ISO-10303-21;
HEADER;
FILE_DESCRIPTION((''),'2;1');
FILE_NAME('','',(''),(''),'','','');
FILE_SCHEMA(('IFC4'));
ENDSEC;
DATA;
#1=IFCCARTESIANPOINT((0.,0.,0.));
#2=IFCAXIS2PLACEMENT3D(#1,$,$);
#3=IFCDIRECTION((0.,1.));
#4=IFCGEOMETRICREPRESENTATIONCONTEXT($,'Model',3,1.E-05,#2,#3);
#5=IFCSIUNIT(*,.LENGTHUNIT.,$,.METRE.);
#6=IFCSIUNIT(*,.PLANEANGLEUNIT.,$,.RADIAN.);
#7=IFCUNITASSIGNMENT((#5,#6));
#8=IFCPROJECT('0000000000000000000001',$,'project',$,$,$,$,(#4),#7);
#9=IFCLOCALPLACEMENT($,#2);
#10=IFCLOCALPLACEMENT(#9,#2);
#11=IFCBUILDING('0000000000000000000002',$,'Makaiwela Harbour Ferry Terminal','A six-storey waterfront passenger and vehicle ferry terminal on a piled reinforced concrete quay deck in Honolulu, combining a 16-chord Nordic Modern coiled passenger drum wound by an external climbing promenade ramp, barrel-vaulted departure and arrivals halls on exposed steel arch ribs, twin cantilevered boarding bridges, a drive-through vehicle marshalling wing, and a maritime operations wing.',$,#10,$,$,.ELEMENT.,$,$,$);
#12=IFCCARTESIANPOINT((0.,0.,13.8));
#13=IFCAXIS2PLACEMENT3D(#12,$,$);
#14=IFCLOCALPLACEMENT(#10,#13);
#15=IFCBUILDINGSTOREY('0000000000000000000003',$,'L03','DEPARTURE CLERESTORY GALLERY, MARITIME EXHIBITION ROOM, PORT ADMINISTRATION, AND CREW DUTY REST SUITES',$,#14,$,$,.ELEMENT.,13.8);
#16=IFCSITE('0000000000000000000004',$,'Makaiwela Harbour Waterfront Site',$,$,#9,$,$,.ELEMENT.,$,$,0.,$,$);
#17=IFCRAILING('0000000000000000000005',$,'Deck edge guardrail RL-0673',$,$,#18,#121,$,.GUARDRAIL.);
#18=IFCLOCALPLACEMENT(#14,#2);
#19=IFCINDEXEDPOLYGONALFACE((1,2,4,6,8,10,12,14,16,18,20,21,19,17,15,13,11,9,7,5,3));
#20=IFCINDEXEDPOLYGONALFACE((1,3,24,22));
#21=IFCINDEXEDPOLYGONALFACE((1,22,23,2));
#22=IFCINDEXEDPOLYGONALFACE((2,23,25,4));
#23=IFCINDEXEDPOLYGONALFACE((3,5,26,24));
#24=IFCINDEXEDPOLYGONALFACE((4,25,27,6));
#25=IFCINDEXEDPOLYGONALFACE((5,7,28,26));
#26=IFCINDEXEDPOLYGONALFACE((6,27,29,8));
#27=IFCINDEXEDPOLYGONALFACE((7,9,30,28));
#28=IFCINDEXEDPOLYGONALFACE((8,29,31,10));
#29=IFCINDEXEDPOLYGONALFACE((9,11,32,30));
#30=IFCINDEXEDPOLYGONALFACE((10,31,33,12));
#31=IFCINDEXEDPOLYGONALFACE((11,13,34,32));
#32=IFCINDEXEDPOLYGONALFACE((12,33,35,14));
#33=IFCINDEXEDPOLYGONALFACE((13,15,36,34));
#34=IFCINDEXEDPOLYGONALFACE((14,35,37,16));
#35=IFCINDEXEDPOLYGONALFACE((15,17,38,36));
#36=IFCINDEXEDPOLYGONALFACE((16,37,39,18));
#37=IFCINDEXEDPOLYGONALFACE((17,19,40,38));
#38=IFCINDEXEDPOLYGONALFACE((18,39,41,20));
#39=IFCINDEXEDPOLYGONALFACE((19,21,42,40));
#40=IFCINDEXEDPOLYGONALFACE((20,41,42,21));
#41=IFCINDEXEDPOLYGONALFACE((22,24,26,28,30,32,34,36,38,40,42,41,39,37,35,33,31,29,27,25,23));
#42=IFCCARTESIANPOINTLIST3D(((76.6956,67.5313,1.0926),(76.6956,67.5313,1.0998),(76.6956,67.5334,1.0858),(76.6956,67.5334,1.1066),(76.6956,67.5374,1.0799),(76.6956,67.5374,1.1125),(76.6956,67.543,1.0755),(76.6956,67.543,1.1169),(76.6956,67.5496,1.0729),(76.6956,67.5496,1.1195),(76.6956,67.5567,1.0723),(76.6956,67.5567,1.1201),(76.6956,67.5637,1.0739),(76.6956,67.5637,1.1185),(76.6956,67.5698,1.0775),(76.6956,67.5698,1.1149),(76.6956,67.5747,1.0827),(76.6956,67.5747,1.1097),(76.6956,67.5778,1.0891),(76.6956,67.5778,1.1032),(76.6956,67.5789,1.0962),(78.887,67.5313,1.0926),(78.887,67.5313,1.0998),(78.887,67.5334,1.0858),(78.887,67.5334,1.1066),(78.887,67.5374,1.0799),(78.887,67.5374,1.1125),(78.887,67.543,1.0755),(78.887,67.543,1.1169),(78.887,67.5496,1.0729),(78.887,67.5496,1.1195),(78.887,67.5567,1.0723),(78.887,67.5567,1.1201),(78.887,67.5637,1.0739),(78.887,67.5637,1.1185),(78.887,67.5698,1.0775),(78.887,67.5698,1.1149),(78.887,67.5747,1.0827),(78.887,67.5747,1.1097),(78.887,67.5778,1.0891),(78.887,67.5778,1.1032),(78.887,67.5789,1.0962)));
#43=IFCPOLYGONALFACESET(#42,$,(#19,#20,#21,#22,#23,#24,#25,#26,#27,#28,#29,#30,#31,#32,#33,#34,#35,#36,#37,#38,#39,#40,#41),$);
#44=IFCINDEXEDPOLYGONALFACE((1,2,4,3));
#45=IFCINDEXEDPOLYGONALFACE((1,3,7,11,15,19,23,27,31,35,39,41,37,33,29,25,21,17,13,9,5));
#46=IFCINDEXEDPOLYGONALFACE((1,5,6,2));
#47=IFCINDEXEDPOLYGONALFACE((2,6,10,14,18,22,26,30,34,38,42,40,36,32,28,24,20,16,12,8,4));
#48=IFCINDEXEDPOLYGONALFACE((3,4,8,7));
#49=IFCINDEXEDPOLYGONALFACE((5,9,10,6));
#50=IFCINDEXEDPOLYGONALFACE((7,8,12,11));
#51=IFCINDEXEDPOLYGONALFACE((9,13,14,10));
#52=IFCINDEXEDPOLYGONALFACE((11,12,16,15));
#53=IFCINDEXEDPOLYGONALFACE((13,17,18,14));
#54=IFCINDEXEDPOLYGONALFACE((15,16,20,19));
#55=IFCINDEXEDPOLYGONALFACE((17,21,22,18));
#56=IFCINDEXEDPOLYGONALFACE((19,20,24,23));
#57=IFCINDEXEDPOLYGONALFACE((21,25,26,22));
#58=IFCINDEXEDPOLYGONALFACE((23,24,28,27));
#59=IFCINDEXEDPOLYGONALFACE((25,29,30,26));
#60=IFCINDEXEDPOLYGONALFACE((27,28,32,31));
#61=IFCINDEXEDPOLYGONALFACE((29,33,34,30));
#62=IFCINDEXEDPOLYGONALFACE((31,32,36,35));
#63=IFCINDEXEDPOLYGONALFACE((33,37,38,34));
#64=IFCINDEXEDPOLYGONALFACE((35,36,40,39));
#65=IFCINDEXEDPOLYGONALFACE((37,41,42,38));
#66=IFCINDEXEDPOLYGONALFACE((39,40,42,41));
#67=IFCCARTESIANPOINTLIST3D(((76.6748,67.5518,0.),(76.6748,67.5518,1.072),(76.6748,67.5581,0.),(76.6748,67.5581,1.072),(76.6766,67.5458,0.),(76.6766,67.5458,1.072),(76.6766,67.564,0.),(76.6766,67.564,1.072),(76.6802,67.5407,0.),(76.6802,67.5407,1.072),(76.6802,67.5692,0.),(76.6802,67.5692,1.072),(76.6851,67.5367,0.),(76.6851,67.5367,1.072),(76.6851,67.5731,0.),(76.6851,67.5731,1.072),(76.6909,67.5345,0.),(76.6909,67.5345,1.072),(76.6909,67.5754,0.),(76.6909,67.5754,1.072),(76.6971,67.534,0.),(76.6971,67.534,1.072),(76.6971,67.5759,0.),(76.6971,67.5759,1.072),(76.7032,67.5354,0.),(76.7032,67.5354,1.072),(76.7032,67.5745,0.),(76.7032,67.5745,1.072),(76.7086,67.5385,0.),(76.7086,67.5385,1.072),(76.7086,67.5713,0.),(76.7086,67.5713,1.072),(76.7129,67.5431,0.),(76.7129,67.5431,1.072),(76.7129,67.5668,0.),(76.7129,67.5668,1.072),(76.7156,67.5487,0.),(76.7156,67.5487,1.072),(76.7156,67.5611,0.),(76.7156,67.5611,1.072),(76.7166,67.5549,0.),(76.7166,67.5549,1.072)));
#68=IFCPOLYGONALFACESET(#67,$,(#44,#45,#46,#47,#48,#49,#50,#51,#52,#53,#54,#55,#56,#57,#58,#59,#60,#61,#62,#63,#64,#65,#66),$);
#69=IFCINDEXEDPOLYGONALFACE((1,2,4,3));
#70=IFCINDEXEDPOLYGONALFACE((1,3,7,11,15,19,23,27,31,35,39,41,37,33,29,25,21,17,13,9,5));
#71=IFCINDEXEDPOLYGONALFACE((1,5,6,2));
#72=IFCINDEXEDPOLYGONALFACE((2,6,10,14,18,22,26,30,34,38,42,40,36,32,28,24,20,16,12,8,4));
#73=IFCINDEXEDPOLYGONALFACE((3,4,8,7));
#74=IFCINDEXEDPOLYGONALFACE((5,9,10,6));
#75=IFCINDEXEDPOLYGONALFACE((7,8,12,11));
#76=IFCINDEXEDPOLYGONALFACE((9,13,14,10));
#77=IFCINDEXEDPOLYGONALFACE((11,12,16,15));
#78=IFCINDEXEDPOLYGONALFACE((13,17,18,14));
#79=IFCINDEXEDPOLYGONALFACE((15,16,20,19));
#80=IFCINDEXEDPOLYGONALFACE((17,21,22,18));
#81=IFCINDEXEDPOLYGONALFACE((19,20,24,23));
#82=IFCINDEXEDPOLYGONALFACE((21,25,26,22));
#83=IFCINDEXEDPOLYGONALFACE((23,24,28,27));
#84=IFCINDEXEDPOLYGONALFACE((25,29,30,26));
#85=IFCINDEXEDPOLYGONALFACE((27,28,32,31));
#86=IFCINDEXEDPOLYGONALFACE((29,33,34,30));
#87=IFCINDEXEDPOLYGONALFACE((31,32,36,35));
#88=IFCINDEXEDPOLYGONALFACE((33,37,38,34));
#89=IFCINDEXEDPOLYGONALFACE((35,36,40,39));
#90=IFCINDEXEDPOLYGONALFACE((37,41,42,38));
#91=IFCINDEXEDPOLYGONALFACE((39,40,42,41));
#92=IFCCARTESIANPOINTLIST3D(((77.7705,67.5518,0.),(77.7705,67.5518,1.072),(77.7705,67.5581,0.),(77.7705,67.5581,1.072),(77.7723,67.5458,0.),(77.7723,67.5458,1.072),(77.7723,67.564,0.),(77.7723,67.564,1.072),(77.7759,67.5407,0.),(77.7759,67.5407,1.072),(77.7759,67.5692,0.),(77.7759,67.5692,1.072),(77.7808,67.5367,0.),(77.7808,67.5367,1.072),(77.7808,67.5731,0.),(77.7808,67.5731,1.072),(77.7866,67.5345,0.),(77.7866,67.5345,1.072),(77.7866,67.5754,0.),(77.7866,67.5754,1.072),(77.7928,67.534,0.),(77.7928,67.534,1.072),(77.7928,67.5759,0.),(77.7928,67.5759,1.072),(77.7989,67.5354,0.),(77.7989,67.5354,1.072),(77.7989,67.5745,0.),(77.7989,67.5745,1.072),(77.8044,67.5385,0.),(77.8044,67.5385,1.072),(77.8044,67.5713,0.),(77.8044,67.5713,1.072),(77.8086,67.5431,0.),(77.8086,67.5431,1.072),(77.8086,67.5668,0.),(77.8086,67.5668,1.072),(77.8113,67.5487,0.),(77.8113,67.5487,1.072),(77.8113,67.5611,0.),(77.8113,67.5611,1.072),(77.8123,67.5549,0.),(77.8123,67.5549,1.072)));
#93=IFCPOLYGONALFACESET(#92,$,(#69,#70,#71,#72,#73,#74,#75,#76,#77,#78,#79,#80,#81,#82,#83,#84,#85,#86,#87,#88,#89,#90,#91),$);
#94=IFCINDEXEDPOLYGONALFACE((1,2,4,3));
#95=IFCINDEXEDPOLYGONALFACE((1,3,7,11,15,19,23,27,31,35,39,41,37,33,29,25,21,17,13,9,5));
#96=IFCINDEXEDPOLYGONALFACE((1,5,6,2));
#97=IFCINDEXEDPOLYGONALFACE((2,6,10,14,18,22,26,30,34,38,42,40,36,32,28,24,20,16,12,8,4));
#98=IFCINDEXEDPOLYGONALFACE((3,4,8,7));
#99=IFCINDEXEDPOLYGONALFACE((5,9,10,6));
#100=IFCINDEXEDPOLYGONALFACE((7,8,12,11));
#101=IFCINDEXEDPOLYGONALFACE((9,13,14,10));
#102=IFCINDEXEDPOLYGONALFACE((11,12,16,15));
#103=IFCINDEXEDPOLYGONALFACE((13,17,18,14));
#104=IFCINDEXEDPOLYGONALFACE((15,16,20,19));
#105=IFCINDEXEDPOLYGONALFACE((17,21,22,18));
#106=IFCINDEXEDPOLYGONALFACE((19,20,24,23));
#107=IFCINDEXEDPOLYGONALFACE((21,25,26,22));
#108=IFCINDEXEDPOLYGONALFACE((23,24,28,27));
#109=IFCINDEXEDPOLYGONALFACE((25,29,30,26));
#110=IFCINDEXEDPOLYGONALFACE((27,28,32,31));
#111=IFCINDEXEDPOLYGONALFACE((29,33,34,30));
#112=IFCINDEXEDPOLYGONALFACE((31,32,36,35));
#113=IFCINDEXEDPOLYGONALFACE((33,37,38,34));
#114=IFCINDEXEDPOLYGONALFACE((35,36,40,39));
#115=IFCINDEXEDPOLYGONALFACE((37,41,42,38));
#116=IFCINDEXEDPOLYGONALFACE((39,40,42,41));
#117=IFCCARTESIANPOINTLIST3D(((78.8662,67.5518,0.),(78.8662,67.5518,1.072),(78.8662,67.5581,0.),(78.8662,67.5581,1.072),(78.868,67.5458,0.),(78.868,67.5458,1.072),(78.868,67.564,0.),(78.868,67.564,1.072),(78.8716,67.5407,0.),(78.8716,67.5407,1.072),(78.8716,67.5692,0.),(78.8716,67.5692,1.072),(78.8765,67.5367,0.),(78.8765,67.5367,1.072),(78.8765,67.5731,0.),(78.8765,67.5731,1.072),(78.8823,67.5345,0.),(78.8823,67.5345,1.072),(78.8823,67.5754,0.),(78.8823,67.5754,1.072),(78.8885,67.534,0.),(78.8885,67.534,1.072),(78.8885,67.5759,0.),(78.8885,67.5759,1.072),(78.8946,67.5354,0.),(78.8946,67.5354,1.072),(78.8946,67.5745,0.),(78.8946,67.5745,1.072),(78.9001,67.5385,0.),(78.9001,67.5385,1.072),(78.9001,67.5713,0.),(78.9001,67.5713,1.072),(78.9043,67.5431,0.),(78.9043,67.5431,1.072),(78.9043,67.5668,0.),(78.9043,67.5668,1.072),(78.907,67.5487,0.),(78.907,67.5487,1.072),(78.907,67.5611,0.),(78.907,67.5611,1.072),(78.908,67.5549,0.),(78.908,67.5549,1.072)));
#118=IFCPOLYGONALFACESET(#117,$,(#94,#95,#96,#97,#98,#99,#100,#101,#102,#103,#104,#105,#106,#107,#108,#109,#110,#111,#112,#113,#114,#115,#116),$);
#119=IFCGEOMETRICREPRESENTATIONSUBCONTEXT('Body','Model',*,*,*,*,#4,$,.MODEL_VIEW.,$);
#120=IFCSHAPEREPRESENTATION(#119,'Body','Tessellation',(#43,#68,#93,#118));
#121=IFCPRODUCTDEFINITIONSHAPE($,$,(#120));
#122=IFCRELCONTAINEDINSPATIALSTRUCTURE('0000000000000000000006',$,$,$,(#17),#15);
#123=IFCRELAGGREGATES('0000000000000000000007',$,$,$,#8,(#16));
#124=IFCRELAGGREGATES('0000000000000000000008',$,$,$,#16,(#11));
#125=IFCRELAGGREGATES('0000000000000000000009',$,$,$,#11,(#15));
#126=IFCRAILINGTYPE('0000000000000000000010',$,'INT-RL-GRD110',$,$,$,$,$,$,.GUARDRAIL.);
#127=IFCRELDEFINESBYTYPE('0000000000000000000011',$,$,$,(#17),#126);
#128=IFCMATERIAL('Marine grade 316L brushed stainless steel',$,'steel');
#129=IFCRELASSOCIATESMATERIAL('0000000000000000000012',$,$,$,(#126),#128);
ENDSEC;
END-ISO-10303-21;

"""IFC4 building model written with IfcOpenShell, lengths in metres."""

from ifc_helpers import new_model, si_unit, direction, frame, origin, origin_2d, place, context, subcontext, project, spatial, circle, extrude, material, type_object, element, save


model = new_model("IFC4")

# Units and contexts
model_context = context("Model", 3, precision=1e-05, world=origin(), true_north=direction((0.0, 1.0)))
body_context = subcontext(model_context, "Body", "Model", "MODEL_VIEW")
ifc_project = project(units=[si_unit("LENGTHUNIT", "METRE"), si_unit("PLANEANGLEUNIT", "RADIAN")], contexts=[model_context])

# Site, building, storey
site_placement = place(None, origin())
site = spatial("IfcSite", under=ifc_project, at=site_placement, Name="Makaiwela Harbour Waterfront Site", CompositionType="ELEMENT", RefElevation=0.0)
building_placement = place(site_placement, origin())
building = spatial("IfcBuilding", under=site, at=building_placement, Name="Makaiwela Harbour Ferry Terminal", Description="A six-storey waterfront passenger and vehicle ferry terminal on a piled reinforced concrete quay deck in Honolulu, combining a 16-chord Nordic Modern coiled passenger drum wound by an external climbing promenade ramp, barrel-vaulted departure and arrivals halls on exposed steel arch ribs, twin cantilevered boarding bridges, a drive-through vehicle marshalling wing, and a maritime operations wing.", CompositionType="ELEMENT")
storey_placement = place(building_placement, frame((0.0, 0.0, 13.8)))
storey = spatial("IfcBuildingStorey", under=building, at=storey_placement, Name="L03", Description="DEPARTURE CLERESTORY GALLERY, MARITIME EXHIBITION ROOM, PORT ADMINISTRATION, AND CREW DUTY REST SUITES", CompositionType="ELEMENT", Elevation=13.8)

# Railing
ifc_material_1 = material(Name="Marine grade 316L brushed stainless steel", Category="steel")
railing_type = type_object("IfcRailingType", Name="INT-RL-GRD110", PredefinedType="GUARDRAIL", material=ifc_material_1)
railing_1_placement = place(storey_placement, frame((76.6956, 67.5549, 0.0)))
element("IfcRailing", 1, at=railing_1_placement, inside=storey, type_object=railing_type, Name="Deck edge guardrail RL-0673", PredefinedType="GUARDRAIL", context=body_context, shape_type="SweptSolid", body=[
    extrude(circle(Radius=0.0239, at=origin_2d()), frame((0.0, 0.0, 1.0962), z_axis=(1.0, 0.0, 0.0), x_axis=(0.0, 1.0, 0.0)), (0.0, 0.0, 1.0), 2.1914),
    extrude(circle(Radius=0.021, at=origin_2d()), origin(), (0.0, 0.0, 1.0), 1.072),
    extrude(circle(Radius=0.021, at=origin_2d()), frame((1.0957, 0.0, 0.0)), (0.0, 0.0, 1.0), 1.072),
    extrude(circle(Radius=0.021, at=origin_2d()), frame((2.1914, 0.0, 0.0)), (0.0, 0.0, 1.0), 1.072),
])

save(model, "model.ifc")
